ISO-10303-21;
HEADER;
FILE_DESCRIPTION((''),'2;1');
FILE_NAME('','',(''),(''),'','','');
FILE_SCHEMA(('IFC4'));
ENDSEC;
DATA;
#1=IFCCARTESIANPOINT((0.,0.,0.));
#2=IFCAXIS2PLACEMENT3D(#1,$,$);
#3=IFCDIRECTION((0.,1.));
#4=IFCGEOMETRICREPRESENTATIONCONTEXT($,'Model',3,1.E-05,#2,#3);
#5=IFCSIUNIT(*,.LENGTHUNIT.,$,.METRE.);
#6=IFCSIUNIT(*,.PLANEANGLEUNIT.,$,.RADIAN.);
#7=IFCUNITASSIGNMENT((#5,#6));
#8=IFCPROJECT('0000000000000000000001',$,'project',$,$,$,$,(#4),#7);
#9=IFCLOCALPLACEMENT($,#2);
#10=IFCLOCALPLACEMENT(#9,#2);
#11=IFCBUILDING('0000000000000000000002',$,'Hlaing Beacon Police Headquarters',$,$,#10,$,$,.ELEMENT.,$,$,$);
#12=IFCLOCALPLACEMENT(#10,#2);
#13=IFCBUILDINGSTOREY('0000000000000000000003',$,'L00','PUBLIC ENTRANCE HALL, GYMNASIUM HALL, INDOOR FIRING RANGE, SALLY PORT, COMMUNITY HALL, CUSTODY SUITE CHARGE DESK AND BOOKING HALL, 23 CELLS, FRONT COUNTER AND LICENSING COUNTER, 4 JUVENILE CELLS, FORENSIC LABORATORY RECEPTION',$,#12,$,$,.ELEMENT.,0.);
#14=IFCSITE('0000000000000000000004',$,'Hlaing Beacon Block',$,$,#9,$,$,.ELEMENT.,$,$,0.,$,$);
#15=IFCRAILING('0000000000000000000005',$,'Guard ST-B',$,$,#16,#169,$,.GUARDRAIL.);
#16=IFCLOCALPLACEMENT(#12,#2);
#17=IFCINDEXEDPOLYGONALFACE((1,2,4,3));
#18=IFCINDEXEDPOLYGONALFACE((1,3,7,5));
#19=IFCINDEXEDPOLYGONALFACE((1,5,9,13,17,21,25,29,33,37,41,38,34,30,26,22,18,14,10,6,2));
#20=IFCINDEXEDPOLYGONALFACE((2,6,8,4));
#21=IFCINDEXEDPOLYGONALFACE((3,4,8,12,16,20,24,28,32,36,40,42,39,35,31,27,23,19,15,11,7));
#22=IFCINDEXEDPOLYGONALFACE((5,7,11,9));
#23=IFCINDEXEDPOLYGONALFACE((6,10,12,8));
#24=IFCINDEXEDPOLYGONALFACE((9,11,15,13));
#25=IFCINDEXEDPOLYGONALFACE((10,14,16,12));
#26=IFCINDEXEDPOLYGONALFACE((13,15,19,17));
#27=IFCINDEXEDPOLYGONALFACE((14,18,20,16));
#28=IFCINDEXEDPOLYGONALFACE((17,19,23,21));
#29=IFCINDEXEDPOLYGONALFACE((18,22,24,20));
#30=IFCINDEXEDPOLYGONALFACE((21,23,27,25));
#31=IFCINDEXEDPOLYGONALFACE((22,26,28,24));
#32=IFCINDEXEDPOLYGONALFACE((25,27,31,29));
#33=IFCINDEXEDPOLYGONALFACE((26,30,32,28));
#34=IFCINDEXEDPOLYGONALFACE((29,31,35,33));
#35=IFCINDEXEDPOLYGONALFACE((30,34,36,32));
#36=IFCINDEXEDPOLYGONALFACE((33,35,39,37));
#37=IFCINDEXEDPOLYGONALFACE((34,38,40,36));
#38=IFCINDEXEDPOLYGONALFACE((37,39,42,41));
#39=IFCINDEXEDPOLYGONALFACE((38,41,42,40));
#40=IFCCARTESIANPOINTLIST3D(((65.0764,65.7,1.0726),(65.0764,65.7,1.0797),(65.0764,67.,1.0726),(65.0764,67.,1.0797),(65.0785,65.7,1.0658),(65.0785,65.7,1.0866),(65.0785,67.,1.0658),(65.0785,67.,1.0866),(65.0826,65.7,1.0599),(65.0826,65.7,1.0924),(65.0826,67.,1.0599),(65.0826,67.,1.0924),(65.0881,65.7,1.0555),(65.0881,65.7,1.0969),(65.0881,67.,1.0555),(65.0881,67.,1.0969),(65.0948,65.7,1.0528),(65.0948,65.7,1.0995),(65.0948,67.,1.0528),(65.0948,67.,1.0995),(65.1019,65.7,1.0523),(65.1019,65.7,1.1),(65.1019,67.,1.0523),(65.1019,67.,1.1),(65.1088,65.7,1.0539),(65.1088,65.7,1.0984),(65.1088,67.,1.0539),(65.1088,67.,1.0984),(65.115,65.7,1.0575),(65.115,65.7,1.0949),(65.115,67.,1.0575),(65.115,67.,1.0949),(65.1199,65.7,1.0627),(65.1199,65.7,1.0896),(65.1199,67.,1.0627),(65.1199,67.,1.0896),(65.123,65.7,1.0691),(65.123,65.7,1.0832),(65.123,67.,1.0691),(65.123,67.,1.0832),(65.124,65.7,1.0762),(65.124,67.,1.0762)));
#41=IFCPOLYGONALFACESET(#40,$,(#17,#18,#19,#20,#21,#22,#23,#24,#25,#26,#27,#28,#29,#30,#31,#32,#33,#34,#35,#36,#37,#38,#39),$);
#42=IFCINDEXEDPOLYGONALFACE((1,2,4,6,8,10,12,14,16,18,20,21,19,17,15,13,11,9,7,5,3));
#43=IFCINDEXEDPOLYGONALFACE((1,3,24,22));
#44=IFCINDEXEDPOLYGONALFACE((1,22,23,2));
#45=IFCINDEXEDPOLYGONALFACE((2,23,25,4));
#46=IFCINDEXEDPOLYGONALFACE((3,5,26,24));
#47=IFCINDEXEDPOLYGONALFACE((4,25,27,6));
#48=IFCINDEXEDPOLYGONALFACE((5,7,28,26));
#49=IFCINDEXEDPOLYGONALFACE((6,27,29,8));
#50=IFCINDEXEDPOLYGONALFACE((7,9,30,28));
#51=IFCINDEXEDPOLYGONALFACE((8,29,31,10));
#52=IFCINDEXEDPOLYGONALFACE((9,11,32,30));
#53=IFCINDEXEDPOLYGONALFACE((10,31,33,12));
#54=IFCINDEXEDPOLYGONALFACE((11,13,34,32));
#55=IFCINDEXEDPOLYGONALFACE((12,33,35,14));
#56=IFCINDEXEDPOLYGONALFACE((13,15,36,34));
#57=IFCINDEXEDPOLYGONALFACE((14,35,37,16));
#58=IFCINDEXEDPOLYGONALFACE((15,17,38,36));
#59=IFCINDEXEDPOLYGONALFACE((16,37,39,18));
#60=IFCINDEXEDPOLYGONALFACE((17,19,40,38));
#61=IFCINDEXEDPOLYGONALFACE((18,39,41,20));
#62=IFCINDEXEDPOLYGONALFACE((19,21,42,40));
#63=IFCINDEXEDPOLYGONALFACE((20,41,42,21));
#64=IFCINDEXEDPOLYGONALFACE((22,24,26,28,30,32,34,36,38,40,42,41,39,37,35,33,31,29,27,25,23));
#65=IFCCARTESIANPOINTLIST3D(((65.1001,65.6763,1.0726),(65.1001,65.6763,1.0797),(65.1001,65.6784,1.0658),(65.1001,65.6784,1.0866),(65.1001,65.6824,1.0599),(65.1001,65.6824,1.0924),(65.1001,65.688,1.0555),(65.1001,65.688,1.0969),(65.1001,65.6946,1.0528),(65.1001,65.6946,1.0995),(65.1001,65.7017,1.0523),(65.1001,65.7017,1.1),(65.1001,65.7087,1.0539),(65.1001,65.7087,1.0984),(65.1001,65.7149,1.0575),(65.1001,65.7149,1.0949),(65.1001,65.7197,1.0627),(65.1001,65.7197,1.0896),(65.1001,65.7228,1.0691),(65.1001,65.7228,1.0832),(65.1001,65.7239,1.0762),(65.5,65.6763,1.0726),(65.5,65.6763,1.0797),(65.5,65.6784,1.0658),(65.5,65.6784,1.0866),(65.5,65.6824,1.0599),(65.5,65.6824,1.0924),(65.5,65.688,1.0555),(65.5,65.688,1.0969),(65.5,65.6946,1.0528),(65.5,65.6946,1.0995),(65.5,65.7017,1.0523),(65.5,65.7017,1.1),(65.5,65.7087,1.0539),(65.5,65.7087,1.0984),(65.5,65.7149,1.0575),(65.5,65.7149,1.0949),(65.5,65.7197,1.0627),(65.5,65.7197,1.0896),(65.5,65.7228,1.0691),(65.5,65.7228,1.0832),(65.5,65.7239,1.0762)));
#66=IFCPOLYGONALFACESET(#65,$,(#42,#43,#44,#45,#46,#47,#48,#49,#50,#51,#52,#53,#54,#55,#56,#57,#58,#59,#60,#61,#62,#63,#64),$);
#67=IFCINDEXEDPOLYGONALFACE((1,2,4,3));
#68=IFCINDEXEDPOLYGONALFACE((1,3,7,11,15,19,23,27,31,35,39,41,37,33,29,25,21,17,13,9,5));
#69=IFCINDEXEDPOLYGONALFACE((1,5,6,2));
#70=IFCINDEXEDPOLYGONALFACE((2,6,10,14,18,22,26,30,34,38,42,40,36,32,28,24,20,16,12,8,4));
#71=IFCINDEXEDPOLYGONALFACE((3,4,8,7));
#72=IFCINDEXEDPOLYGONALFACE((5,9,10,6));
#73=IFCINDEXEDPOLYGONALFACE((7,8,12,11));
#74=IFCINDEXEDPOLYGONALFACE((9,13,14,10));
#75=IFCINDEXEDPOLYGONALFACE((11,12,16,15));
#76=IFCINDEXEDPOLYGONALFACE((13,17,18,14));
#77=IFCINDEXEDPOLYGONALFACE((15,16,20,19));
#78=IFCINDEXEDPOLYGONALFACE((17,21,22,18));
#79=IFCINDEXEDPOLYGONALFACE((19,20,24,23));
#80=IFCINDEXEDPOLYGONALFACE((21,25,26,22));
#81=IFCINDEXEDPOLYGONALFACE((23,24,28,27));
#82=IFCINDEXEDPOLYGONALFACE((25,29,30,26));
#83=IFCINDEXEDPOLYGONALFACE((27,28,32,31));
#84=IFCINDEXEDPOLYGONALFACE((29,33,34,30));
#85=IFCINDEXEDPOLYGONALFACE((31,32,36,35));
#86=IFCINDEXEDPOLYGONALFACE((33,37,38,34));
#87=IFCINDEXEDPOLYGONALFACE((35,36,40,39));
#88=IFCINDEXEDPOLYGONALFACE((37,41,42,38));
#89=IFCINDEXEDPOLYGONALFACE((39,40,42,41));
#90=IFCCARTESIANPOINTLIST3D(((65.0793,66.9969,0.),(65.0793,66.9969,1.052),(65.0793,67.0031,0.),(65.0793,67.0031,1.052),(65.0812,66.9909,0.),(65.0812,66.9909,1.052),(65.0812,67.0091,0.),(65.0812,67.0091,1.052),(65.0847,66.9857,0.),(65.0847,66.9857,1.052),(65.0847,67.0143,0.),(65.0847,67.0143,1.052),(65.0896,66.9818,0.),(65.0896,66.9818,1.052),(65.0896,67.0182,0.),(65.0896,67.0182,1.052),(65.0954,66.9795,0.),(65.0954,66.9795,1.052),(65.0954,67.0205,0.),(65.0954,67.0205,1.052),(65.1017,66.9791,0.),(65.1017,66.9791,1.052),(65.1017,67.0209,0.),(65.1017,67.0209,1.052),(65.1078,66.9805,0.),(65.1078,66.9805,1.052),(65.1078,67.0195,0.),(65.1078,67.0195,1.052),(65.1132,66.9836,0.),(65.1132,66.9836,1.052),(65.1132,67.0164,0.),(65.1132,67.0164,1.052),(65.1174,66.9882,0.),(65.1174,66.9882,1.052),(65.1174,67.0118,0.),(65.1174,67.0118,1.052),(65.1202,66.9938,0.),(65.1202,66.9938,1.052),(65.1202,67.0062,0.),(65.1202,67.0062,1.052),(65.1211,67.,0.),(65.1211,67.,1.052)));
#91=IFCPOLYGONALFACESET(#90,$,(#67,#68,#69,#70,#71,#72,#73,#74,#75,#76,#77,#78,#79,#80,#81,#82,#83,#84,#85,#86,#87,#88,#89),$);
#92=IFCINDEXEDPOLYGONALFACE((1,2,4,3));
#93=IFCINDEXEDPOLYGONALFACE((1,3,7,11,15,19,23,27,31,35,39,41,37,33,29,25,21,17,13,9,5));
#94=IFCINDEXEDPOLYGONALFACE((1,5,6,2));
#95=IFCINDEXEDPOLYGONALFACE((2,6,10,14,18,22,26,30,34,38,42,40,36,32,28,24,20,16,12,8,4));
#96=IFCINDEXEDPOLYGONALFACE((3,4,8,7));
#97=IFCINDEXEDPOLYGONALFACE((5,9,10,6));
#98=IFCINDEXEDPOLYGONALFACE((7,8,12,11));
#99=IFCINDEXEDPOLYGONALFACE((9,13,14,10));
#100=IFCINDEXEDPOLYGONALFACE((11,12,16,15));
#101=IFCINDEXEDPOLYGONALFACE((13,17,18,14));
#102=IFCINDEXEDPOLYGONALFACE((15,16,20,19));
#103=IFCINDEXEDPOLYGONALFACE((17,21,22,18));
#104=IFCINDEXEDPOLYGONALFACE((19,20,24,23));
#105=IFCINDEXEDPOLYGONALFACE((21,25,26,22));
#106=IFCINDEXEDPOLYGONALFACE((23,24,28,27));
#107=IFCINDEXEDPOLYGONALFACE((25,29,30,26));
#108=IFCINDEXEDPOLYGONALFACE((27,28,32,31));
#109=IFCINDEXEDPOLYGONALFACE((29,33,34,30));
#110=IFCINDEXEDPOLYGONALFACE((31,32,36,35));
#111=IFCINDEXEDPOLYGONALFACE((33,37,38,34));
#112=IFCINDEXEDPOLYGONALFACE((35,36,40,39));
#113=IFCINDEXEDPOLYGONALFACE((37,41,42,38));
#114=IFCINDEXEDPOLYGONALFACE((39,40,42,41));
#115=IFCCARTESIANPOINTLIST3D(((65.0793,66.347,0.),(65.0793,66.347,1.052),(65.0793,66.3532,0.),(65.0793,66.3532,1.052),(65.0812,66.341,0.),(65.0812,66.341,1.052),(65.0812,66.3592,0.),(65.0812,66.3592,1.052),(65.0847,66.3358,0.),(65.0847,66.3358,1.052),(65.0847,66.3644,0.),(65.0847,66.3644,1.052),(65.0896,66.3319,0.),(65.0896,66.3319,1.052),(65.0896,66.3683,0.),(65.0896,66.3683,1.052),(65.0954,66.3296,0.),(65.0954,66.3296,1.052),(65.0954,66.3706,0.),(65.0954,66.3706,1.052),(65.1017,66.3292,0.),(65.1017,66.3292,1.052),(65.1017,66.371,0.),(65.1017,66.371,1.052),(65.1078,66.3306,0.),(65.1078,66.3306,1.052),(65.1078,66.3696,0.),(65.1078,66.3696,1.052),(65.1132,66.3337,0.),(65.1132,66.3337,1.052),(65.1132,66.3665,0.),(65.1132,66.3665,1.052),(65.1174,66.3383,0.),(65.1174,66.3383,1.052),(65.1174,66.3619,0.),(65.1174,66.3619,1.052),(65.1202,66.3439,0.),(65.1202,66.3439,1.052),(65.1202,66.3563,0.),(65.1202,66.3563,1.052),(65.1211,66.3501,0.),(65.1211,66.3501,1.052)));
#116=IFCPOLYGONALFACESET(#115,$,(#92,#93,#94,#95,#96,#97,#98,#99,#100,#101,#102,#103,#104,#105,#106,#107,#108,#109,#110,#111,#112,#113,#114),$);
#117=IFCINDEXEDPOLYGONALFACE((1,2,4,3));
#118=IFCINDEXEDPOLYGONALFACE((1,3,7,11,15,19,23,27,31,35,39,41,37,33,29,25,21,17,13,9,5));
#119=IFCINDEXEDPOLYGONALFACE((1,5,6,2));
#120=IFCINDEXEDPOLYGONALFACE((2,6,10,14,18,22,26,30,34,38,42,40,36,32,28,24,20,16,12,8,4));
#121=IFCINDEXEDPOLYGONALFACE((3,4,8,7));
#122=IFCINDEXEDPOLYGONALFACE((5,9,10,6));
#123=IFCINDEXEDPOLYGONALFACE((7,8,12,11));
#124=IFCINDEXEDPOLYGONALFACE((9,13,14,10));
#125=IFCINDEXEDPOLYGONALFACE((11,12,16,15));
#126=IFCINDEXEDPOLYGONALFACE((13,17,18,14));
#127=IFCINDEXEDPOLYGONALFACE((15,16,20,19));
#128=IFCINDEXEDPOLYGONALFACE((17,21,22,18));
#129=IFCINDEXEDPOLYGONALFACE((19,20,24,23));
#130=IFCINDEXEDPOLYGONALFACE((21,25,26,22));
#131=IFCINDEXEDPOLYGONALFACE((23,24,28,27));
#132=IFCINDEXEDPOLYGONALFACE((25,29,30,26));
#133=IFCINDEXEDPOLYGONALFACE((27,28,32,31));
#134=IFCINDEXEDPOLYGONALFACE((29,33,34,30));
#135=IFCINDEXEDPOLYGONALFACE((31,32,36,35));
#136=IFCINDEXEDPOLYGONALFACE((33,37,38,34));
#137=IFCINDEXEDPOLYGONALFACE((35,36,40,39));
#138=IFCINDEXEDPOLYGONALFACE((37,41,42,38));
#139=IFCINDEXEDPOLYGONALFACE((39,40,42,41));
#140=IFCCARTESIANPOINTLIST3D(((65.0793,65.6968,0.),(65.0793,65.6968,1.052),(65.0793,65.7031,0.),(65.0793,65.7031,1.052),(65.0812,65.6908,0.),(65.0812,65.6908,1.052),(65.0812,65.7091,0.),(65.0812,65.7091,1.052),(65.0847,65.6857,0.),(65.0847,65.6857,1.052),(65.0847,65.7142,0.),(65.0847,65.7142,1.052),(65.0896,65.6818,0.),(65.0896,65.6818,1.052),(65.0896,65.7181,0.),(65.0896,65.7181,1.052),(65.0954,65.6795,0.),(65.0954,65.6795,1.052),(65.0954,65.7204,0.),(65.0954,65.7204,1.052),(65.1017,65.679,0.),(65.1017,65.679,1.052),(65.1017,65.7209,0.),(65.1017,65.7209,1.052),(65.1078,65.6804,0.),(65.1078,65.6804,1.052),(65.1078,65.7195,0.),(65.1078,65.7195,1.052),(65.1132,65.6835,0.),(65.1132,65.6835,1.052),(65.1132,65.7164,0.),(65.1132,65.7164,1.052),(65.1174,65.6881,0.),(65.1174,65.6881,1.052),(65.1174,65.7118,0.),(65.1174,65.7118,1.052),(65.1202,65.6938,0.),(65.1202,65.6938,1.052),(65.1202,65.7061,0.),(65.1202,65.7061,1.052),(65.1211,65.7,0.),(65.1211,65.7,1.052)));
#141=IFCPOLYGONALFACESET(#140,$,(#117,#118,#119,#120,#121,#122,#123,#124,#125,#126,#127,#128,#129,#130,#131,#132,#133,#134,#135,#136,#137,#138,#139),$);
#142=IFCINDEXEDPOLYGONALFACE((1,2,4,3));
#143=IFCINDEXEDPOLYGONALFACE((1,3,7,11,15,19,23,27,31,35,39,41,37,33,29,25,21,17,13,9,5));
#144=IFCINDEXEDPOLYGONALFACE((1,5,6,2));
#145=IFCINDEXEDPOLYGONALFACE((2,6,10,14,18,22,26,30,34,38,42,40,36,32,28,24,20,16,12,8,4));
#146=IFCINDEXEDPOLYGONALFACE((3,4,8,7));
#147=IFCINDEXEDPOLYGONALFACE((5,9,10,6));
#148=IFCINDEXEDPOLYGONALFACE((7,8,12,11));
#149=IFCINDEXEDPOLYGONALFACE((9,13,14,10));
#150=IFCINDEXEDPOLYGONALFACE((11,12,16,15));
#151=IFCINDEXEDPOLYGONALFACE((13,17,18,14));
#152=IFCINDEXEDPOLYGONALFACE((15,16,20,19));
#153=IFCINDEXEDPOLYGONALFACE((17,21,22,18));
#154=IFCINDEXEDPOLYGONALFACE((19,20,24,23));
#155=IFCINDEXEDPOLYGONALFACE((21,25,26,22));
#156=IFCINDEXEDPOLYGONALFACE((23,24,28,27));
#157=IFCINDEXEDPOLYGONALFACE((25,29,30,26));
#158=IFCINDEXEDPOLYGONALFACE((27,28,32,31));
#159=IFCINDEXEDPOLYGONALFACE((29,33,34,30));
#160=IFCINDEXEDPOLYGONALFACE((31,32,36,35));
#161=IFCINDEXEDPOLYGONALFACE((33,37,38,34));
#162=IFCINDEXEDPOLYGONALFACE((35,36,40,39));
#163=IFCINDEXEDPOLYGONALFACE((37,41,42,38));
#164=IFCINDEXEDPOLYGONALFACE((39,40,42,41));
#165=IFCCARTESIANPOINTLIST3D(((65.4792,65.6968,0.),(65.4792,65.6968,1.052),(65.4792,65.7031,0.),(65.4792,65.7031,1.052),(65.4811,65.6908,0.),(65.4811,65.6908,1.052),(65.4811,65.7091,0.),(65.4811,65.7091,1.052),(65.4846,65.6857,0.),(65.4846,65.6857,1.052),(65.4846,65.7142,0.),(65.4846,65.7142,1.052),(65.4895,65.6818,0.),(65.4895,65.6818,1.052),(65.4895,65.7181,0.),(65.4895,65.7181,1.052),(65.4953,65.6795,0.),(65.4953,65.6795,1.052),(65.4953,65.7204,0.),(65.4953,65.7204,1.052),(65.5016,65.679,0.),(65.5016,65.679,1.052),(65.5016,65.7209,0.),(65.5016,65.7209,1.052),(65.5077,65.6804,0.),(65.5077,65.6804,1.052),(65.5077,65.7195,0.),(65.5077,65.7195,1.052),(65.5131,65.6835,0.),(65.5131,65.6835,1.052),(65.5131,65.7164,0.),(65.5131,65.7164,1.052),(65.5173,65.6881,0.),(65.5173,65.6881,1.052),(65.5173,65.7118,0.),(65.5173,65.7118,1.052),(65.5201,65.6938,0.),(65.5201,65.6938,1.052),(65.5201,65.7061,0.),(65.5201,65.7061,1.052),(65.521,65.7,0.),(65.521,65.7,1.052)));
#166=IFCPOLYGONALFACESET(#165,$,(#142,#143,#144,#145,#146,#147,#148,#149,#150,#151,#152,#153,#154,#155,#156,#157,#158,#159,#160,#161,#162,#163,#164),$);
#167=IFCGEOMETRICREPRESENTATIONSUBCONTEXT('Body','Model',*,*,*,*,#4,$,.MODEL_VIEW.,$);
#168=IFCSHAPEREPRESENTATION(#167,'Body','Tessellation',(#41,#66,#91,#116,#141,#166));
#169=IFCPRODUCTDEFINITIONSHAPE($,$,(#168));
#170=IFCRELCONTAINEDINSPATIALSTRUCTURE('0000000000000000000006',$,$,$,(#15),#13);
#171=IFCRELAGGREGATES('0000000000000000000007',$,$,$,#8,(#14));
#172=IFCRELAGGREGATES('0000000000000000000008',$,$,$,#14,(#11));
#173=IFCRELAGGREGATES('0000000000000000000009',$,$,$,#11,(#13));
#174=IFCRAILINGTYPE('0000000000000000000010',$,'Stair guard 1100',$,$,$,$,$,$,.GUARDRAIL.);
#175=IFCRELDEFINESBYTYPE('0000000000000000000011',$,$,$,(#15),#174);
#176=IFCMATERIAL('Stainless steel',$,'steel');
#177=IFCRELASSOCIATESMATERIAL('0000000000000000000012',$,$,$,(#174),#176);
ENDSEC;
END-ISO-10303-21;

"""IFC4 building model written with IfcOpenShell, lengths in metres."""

from ifc_helpers import new_model, si_unit, direction, frame, origin, origin_2d, place, context, subcontext, project, spatial, circle, extrude, material, type_object, element, save


model = new_model("IFC4")

# Units and contexts
model_context = context("Model", 3, precision=1e-05, world=origin(), true_north=direction((0.0, 1.0)))
body_context = subcontext(model_context, "Body", "Model", "MODEL_VIEW")
ifc_project = project(units=[si_unit("LENGTHUNIT", "METRE"), si_unit("PLANEANGLEUNIT", "RADIAN")], contexts=[model_context])

# Site, building, storey
site_placement = place(None, origin())
site = spatial("IfcSite", under=ifc_project, at=site_placement, Name="Hlaing Beacon Block", CompositionType="ELEMENT", RefElevation=0.0)
building_placement = place(site_placement, origin())
building = spatial("IfcBuilding", under=site, at=building_placement, Name="Hlaing Beacon Police Headquarters", CompositionType="ELEMENT")
storey_placement = place(building_placement, origin())
storey = spatial("IfcBuildingStorey", under=building, at=storey_placement, Name="L00", Description="PUBLIC ENTRANCE HALL, GYMNASIUM HALL, INDOOR FIRING RANGE, SALLY PORT, COMMUNITY HALL, CUSTODY SUITE CHARGE DESK AND BOOKING HALL, 23 CELLS, FRONT COUNTER AND LICENSING COUNTER, 4 JUVENILE CELLS, FORENSIC LABORATORY RECEPTION", CompositionType="ELEMENT", Elevation=0.0)

# Railing
ifc_material_1 = material(Name="Stainless steel", Category="steel")
railing_type_1 = type_object("IfcRailingType", Name="Stair guard 1100", PredefinedType="GUARDRAIL", material=ifc_material_1)
railing_placement = place(storey_placement, frame((65.1001, 67.0, 0.0)))
element("IfcRailing", 1, at=railing_placement, inside=storey, type_object=railing_type_1, Name="Guard ST-B", PredefinedType="GUARDRAIL", context=body_context, shape_type="SweptSolid", body=[
    extrude(circle(Radius=0.0239, at=origin_2d()), frame((0.0, 0.0, 1.0762), z_axis=(0.0, -1.0, 0.0), x_axis=(1.0, 0.0, 0.0)), (0.0, 0.0, 1.0), 1.3),
    extrude(circle(Radius=0.0239, at=origin_2d()), frame((0.0, -1.3, 1.0762), z_axis=(1.0, 0.0, 0.0), x_axis=(0.0, 1.0, 0.0)), (0.0, 0.0, 1.0), 0.3999),
    extrude(circle(Radius=0.021, at=origin_2d()), origin(), (0.0, 0.0, 1.0), 1.052),
    extrude(circle(Radius=0.021, at=origin_2d()), frame((0.0, -0.6499, 0.0)), (0.0, 0.0, 1.0), 1.052),
    extrude(circle(Radius=0.021, at=origin_2d()), frame((0.0, -1.3, 0.0)), (0.0, 0.0, 1.0), 1.052),
    extrude(circle(Radius=0.021, at=origin_2d()), frame((0.3999, -1.3, 0.0)), (0.0, 0.0, 1.0), 1.052),
])

save(model, "model.ifc")
